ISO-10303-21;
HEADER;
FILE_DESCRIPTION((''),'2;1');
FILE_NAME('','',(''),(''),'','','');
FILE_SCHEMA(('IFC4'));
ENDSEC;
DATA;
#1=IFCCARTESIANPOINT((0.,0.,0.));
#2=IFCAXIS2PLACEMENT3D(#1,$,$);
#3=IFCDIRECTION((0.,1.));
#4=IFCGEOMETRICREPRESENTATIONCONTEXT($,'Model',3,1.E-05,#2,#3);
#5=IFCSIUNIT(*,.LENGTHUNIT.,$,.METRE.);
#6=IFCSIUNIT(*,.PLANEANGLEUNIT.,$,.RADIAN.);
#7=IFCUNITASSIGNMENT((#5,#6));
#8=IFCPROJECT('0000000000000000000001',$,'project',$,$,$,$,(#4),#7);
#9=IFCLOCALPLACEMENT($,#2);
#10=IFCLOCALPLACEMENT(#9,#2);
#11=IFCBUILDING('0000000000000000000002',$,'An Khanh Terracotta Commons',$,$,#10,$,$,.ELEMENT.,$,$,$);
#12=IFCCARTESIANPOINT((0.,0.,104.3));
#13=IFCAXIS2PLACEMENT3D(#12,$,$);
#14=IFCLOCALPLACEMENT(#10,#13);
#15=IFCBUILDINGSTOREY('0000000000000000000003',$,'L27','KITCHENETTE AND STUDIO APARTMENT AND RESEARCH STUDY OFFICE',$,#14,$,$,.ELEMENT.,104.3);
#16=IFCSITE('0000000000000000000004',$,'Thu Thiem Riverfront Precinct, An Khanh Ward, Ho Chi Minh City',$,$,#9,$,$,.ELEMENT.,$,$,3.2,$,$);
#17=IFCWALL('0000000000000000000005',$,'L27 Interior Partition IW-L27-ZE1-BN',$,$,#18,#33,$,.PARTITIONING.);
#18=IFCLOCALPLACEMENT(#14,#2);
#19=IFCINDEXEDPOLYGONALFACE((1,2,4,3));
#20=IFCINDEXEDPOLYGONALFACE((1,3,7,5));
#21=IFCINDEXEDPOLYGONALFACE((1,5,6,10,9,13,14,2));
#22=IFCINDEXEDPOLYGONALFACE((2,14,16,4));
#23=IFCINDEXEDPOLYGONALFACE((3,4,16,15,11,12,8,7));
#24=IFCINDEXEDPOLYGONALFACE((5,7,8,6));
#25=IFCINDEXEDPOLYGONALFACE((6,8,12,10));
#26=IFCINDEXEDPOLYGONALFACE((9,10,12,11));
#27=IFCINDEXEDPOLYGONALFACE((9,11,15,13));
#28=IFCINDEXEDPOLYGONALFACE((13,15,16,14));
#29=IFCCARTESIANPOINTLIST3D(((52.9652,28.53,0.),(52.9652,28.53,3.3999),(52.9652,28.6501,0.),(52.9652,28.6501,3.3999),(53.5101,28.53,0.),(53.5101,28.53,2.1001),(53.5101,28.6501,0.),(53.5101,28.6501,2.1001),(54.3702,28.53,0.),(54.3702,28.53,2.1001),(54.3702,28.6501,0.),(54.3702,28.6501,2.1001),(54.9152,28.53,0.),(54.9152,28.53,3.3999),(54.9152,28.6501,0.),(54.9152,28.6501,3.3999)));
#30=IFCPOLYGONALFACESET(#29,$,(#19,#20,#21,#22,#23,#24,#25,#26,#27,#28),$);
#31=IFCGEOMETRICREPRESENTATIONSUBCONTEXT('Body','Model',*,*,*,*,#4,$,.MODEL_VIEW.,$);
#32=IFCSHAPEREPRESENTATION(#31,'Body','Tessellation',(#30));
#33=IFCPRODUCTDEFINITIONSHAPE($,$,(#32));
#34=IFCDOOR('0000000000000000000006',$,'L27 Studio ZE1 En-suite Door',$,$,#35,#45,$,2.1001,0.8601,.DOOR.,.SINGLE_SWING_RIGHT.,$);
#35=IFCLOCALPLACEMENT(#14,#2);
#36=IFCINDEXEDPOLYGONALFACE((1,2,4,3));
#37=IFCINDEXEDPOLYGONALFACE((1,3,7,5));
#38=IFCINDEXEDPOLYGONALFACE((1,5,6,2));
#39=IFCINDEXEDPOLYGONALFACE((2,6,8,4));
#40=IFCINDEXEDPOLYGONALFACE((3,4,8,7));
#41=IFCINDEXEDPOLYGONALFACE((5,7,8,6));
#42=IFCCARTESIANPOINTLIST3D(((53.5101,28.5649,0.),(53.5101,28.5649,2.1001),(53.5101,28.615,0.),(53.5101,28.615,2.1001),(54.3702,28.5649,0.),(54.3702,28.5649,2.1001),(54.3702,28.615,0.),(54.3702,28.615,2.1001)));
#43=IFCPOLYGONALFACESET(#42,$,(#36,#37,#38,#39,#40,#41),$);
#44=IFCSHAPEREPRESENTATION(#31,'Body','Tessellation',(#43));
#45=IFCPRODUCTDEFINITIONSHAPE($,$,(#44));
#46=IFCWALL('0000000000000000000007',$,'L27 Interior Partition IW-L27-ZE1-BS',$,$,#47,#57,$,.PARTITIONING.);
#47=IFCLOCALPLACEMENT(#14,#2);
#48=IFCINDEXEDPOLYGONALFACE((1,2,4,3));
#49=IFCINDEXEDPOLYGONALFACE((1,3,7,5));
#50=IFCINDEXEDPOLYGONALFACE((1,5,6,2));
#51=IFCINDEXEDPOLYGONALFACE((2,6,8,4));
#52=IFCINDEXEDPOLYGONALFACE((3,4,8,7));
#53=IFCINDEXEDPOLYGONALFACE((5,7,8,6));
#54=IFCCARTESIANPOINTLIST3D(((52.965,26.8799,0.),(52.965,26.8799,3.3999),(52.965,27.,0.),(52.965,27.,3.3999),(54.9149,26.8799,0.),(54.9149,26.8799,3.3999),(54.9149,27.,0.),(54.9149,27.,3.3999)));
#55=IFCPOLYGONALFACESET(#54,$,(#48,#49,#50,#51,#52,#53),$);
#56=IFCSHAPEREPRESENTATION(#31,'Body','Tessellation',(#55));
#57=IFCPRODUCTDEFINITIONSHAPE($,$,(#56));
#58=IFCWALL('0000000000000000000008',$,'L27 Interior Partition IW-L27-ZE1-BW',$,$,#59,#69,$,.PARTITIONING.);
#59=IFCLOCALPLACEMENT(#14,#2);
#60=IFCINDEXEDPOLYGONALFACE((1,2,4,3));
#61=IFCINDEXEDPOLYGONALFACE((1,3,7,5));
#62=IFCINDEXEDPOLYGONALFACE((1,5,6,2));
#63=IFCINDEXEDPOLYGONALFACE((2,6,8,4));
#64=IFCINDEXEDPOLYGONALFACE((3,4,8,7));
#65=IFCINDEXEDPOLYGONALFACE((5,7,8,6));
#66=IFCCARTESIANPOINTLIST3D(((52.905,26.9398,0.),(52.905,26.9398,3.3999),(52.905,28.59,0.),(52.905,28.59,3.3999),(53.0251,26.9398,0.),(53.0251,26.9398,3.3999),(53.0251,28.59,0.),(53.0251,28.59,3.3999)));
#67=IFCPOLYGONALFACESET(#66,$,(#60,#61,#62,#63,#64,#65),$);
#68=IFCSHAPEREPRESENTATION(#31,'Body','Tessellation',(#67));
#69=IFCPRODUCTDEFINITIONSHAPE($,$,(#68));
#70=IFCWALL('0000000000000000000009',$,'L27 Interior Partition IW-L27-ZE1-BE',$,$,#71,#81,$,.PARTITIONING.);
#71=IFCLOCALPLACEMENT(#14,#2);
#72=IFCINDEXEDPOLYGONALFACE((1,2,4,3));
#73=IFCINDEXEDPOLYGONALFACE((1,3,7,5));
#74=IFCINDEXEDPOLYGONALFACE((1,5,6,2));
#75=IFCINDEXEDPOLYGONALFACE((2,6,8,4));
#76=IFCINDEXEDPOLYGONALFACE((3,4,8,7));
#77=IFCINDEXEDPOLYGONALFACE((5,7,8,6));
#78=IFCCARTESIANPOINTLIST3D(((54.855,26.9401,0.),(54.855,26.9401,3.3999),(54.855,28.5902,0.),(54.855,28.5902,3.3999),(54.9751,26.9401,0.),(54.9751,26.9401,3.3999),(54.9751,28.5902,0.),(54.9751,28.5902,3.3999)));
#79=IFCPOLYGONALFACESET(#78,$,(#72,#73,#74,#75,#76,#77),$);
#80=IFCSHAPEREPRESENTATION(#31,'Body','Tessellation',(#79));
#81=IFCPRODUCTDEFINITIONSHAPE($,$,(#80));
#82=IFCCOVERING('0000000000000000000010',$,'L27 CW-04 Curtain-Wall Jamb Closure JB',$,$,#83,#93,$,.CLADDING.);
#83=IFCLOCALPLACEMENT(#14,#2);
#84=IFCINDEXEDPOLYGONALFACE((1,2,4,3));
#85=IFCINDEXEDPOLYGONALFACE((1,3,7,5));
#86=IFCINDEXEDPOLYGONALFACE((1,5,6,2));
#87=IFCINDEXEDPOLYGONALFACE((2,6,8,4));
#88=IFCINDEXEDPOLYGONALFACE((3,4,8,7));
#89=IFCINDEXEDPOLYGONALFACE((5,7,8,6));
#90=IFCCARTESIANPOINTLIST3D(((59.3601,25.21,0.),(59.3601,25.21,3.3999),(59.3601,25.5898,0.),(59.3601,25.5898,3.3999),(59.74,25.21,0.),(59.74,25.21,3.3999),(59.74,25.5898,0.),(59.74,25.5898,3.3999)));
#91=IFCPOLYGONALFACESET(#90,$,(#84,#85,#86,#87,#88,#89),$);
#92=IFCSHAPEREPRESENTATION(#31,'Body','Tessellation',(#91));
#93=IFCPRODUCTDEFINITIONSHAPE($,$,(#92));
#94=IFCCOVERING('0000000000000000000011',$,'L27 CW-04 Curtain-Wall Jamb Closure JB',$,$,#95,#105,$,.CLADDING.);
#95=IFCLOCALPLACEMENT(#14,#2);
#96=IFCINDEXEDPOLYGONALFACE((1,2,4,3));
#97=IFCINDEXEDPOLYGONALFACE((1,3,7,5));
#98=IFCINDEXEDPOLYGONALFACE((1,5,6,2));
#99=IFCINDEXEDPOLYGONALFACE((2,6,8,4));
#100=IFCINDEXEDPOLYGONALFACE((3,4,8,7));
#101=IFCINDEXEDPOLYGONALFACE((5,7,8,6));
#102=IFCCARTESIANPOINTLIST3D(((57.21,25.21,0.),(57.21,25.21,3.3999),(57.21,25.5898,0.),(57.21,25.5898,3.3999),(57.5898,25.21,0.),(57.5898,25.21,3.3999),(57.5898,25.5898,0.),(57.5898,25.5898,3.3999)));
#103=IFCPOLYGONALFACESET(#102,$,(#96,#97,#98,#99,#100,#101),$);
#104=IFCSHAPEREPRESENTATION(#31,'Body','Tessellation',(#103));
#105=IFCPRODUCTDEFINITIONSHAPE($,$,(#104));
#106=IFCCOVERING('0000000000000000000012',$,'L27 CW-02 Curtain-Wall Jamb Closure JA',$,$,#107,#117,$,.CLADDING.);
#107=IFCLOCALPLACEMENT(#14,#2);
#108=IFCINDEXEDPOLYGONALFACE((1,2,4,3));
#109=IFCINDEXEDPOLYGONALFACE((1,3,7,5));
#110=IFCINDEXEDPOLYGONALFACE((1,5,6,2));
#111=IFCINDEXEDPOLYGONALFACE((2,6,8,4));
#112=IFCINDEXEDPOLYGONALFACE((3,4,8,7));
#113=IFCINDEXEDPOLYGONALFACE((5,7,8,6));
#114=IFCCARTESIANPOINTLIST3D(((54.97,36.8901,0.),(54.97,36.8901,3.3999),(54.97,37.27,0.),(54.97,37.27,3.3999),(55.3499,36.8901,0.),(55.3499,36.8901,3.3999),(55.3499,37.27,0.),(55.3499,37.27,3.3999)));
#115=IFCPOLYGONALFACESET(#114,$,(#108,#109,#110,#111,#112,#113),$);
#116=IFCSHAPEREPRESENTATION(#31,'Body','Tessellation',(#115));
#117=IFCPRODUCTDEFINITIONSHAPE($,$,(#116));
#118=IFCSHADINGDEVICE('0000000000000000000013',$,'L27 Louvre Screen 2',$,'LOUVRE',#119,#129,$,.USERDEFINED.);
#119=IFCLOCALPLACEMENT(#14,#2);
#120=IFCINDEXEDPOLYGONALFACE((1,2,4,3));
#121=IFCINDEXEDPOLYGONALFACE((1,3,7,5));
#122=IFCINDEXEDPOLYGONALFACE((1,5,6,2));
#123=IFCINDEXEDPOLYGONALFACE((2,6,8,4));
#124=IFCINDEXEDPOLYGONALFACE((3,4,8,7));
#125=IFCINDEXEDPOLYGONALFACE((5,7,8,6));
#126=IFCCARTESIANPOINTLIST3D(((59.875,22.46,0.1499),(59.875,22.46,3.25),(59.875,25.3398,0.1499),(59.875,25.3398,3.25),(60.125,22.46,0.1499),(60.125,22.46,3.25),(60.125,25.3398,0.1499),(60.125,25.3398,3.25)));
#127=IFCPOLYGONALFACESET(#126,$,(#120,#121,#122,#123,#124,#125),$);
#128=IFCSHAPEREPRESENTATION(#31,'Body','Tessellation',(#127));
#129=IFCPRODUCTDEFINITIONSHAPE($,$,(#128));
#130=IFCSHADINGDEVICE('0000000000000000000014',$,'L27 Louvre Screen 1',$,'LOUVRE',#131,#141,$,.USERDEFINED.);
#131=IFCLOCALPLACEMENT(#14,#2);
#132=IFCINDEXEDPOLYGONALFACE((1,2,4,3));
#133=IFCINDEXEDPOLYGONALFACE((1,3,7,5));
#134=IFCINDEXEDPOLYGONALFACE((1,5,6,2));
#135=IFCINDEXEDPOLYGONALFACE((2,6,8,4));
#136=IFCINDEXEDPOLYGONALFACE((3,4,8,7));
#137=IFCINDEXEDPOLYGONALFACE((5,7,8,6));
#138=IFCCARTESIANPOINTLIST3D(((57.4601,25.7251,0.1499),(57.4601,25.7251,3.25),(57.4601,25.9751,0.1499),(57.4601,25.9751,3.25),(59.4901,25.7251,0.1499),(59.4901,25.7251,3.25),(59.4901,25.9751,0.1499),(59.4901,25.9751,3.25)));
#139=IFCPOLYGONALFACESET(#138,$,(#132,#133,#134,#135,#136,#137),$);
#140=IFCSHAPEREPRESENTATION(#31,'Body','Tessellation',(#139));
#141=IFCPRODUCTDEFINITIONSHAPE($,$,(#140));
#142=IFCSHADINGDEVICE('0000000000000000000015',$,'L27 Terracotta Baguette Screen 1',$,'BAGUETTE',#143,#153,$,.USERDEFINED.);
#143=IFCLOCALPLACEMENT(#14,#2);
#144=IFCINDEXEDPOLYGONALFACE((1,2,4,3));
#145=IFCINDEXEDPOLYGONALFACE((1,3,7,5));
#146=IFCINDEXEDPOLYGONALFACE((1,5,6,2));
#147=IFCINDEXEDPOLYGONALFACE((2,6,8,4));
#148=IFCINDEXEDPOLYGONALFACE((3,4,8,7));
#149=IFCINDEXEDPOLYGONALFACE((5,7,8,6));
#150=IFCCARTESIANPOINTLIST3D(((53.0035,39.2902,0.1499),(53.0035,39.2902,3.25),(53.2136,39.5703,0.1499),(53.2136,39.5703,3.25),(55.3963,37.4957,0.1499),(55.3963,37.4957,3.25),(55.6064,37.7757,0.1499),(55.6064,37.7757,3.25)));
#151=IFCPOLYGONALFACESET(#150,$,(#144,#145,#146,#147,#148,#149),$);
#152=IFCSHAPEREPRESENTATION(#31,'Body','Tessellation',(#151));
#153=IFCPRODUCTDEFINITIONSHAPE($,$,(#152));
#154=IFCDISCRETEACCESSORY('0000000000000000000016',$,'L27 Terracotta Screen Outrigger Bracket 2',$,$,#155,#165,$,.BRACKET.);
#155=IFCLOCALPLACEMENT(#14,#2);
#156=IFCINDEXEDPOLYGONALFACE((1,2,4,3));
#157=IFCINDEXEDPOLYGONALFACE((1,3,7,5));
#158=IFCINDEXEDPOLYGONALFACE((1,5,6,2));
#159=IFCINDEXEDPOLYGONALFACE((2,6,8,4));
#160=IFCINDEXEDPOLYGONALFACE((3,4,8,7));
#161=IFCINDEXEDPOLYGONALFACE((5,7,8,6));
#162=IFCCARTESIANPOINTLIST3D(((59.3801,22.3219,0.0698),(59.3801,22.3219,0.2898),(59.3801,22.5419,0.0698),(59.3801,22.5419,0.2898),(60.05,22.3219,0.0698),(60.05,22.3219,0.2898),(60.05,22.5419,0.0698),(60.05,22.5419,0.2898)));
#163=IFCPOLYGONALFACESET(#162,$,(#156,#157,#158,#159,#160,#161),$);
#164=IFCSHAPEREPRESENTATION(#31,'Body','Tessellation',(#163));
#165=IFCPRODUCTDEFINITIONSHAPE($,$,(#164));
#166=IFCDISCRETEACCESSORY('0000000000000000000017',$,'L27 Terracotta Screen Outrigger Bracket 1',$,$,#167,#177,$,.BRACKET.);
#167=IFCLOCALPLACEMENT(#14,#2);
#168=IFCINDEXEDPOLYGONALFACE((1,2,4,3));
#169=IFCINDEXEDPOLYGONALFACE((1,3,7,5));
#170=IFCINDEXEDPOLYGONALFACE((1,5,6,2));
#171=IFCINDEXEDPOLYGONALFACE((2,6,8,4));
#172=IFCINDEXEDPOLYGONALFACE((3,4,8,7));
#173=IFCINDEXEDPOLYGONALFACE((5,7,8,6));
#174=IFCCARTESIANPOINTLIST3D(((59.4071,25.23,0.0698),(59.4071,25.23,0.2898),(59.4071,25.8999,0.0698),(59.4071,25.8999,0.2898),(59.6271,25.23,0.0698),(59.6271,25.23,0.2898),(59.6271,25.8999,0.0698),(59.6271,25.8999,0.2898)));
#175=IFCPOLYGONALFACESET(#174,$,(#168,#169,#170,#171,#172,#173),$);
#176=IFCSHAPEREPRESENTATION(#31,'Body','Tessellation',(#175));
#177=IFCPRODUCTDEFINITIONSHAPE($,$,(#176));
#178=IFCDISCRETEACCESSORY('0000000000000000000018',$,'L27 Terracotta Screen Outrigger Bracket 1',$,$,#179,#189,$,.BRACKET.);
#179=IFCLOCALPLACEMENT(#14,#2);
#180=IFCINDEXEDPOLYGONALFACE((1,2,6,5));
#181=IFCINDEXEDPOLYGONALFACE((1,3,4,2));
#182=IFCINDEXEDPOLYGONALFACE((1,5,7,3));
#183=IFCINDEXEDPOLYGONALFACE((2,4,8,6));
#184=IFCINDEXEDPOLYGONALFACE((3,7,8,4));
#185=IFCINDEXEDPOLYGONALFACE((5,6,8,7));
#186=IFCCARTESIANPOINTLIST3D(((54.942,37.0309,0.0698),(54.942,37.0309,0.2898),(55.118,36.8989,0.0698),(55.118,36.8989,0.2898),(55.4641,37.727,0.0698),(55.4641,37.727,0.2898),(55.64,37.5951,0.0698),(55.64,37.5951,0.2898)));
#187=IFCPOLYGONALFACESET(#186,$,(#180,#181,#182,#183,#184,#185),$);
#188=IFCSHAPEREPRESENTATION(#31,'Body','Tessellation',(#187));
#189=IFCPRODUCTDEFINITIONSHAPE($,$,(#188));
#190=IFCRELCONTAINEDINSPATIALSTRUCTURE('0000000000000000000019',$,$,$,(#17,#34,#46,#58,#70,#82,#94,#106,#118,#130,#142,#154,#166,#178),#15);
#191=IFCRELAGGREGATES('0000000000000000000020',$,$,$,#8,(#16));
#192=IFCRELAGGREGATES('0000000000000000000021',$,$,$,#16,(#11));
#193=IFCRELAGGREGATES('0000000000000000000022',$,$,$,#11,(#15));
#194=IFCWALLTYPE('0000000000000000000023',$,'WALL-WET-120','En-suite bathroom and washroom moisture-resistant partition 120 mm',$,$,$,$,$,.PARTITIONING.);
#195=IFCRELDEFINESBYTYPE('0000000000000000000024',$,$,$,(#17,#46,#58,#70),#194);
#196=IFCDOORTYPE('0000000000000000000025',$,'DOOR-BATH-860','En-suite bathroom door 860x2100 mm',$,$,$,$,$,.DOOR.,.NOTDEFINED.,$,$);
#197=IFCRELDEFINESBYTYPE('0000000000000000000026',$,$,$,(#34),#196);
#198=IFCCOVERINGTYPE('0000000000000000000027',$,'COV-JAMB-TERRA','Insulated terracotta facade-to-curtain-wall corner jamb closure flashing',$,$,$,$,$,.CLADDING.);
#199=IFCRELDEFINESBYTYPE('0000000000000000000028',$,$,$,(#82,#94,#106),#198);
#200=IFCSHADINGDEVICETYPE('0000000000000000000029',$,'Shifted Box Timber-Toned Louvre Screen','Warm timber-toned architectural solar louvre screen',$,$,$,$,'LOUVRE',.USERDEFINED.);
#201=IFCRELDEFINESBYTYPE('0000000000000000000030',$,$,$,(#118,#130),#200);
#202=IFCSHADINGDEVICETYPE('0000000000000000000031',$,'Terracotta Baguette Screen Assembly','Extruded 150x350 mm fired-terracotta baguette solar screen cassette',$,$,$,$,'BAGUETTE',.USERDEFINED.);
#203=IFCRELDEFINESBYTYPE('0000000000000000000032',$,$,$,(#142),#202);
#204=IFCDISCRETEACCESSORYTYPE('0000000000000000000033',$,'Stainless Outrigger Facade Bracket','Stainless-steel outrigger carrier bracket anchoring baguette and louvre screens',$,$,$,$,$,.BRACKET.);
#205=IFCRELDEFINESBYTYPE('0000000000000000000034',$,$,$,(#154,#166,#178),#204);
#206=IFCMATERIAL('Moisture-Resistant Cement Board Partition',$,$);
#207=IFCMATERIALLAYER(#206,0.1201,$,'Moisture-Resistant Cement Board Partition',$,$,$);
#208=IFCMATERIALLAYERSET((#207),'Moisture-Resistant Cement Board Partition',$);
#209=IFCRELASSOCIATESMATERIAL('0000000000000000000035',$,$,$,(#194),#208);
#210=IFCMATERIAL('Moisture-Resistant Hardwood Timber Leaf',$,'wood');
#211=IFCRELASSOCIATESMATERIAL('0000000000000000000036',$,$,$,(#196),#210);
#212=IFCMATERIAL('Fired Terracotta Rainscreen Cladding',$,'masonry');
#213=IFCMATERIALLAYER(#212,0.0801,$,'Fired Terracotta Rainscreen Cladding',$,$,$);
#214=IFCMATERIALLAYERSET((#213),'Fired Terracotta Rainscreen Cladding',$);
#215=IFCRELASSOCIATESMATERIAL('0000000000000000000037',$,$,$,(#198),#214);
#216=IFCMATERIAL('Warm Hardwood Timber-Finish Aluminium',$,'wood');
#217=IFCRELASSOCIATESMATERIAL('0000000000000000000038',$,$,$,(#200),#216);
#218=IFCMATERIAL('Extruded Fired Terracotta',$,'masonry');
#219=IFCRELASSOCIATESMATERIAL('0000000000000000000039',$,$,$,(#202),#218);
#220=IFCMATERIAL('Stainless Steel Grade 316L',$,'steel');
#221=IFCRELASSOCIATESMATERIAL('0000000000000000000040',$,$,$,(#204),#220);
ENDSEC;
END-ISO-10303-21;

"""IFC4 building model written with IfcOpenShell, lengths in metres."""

from ifc_helpers import new_model, si_unit, direction, frame, frame_2d, origin, origin_2d, place, context, subcontext, project, spatial, rectangle, extrude, material, layer, layer_set, type_object, element, fill, save


model = new_model("IFC4")

# Units and contexts
model_context = context("Model", 3, precision=1e-05, world=origin(), true_north=direction((0.0, 1.0)))
body_context = subcontext(model_context, "Body", "Model", "MODEL_VIEW")
ifc_project = project(units=[si_unit("LENGTHUNIT", "METRE"), si_unit("PLANEANGLEUNIT", "RADIAN")], contexts=[model_context])

# Site, building, storey
site_placement = place(None, origin())
site = spatial("IfcSite", under=ifc_project, at=site_placement, Name="Thu Thiem Riverfront Precinct, An Khanh Ward, Ho Chi Minh City", CompositionType="ELEMENT", RefElevation=3.2)
building_placement = place(site_placement, origin())
building = spatial("IfcBuilding", under=site, at=building_placement, Name="An Khanh Terracotta Commons", CompositionType="ELEMENT")
storey_placement = place(building_placement, frame((0.0, 0.0, 104.3)))
storey = spatial("IfcBuildingStorey", under=building, at=storey_placement, Name="L27", Description="KITCHENETTE AND STUDIO APARTMENT AND RESEARCH STUDY OFFICE", CompositionType="ELEMENT", Elevation=104.3)

# Wall, opening, door
ifc_material_1 = material(Name="Moisture-Resistant Cement Board Partition")
ifc_layer_1 = layer(ifc_material_1, 0.1201, Name="Moisture-Resistant Cement Board Partition")
ifc_layer_set_1 = layer_set([ifc_layer_1], Name="Moisture-Resistant Cement Board Partition")
wall_type_1 = type_object("IfcWallType", Name="WALL-WET-120", Description="En-suite bathroom and washroom moisture-resistant partition 120 mm", PredefinedType="PARTITIONING", material=ifc_layer_set_1)
wall_1_placement = place(storey_placement, frame((52.9651, 28.5901, 0.0), z_axis=(0.0, 0.0, 1.0), x_axis=(1.0, 0.0, 0.0)))
wall_1 = element("IfcWall", 1, at=wall_1_placement, inside=storey, type_object=wall_type_1, Name="L27 Interior Partition IW-L27-ZE1-BN", PredefinedType="PARTITIONING", context=body_context, shape_type="SweptSolid", body=[
    extrude(rectangle(XDim=1.95, YDim=0.1201, at=frame_2d((0.9751, 0.0))), origin(), (0.0, 0.0, 1.0), 3.3999),
])
opening_1_placement = place(wall_1_placement, frame((0.5449, 0.0, 0.0)))
opening_1 = element("IfcOpeningElement", 2, at=opening_1_placement, cuts=wall_1, PredefinedType="OPENING", context=body_context, shape_type="SweptSolid", body=[
    extrude(rectangle(XDim=0.8601, YDim=2.1001, at=frame_2d((0.4302, 1.05))), frame((0.0, 0.0701, 0.0), z_axis=(0.0, -1.0, 0.0), x_axis=(1.0, 0.0, 0.0)), (0.0, 0.0, 1.0), 0.1401),
])
ifc_material_2 = material(Name="Moisture-Resistant Hardwood Timber Leaf", Category="wood")
door_type = type_object("IfcDoorType", Name="DOOR-BATH-860", Description="En-suite bathroom door 860x2100 mm", OperationType="NOTDEFINED", PredefinedType="DOOR", material=ifc_material_2)
door_placement = place(opening_1_placement, origin())
door = element("IfcDoor", 3, at=door_placement, inside=storey, type_object=door_type, Name="L27 Studio ZE1 En-suite Door", OperationType="SINGLE_SWING_RIGHT", OverallHeight=2.1001, OverallWidth=0.8601, PredefinedType="DOOR", context=body_context, shape_type="SweptSolid", body=[
    extrude(rectangle(XDim=0.8601, YDim=2.1001, at=frame_2d((0.4302, 1.05))), frame((0.0, 0.0249, 0.0), z_axis=(0.0, -1.0, 0.0), x_axis=(1.0, 0.0, 0.0)), (0.0, 0.0, 1.0), 0.05),
])
fill(opening_1, door)

# Walls
wall_2_placement = place(storey_placement, frame((54.915, 26.9399, 0.0), z_axis=(0.0, 0.0, 1.0), x_axis=(-1.0, 0.0, 0.0)))
element("IfcWall", 4, at=wall_2_placement, inside=storey, type_object=wall_type_1, Name="L27 Interior Partition IW-L27-ZE1-BS", PredefinedType="PARTITIONING", context=body_context, shape_type="SweptSolid", body=[
    extrude(rectangle(XDim=1.95, YDim=0.1201, at=frame_2d((0.9751, 0.0))), origin(), (0.0, 0.0, 1.0), 3.3999),
])
for number, where, z_axis, x_axis, name in (
    (5, (52.9651, 28.5901, 0.0), (0.0, 0.0, 1.0), (0.0, -1.0, 0.0), "L27 Interior Partition IW-L27-ZE1-BW"),
    (6, (54.915, 26.9399, 0.0), (0.0, 0.0, 1.0), (0.0, 1.0, 0.0), "L27 Interior Partition IW-L27-ZE1-BE"),
):
    element("IfcWall", number, at=place(storey_placement, frame(where, z_axis=z_axis, x_axis=x_axis)), inside=storey, type_object=wall_type_1, Name=name, PredefinedType="PARTITIONING", context=body_context, shape_type="SweptSolid", body=[
        extrude(rectangle(XDim=1.6501, YDim=0.1201, at=frame_2d((0.8252, 0.0))), origin(), (0.0, 0.0, 1.0), 3.3999),
    ])

# Coverings
ifc_material_3 = material(Name="Fired Terracotta Rainscreen Cladding", Category="masonry")
ifc_layer_2 = layer(ifc_material_3, 0.0801, Name="Fired Terracotta Rainscreen Cladding")
ifc_layer_set_2 = layer_set([ifc_layer_2], Name="Fired Terracotta Rainscreen Cladding")
covering_type = type_object("IfcCoveringType", Name="COV-JAMB-TERRA", Description="Insulated terracotta facade-to-curtain-wall corner jamb closure flashing", PredefinedType="CLADDING", material=ifc_layer_set_2)
for number, where, z_axis, x_axis, name in (
    (7, (59.55, 25.3999, 0.0), (0.0, 0.0, 1.0), (1.0, 0.0, 0.0), "L27 CW-04 Curtain-Wall Jamb Closure JB"),
    (8, (57.3999, 25.3999, 0.0), (0.0, 0.0, 1.0), (1.0, 0.0, 0.0), "L27 CW-04 Curtain-Wall Jamb Closure JB"),
    (9, (55.1599, 37.0801, 0.0), (0.0, 0.0, 1.0), (1.0, 0.0, 0.0), "L27 CW-02 Curtain-Wall Jamb Closure JA"),
):
    element("IfcCovering", number, at=place(storey_placement, frame(where, z_axis=z_axis, x_axis=x_axis)), inside=storey, type_object=covering_type, Name=name, PredefinedType="CLADDING", context=body_context, shape_type="SweptSolid", body=[
        extrude(rectangle(XDim=0.3799, YDim=0.3799, at=origin_2d()), origin(), (0.0, 0.0, 1.0), 3.3999),
    ])

# Shading devices
ifc_material_4 = material(Name="Warm Hardwood Timber-Finish Aluminium", Category="wood")
shading_device_type_1 = type_object("IfcShadingDeviceType", Name="Shifted Box Timber-Toned Louvre Screen", Description="Warm timber-toned architectural solar louvre screen", ElementType="LOUVRE", PredefinedType="USERDEFINED", material=ifc_material_4)
shading_device_1_placement = place(storey_placement, frame((60.0, 23.8999, 0.1499), z_axis=(0.0, 0.0, 1.0), x_axis=(0.0, 1.0, 0.0)))
element("IfcShadingDevice", 10, at=shading_device_1_placement, inside=storey, type_object=shading_device_type_1, Name="L27 Louvre Screen 2", ObjectType="LOUVRE", PredefinedType="USERDEFINED", context=body_context, shape_type="SweptSolid", body=[
    extrude(rectangle(XDim=2.8799, YDim=0.25, at=origin_2d()), origin(), (0.0, 0.0, 1.0), 3.1001),
])
shading_device_2_placement = place(storey_placement, frame((58.4751, 25.8501, 0.1499), z_axis=(0.0, 0.0, 1.0), x_axis=(-1.0, 0.0, 0.0)))
element("IfcShadingDevice", 11, at=shading_device_2_placement, inside=storey, type_object=shading_device_type_1, Name="L27 Louvre Screen 1", ObjectType="LOUVRE", PredefinedType="USERDEFINED", context=body_context, shape_type="SweptSolid", body=[
    extrude(rectangle(XDim=2.03, YDim=0.25, at=origin_2d()), origin(), (0.0, 0.0, 1.0), 3.1001),
])
ifc_material_5 = material(Name="Extruded Fired Terracotta", Category="masonry")
shading_device_type_2 = type_object("IfcShadingDeviceType", Name="Terracotta Baguette Screen Assembly", Description="Extruded 150x350 mm fired-terracotta baguette solar screen cassette", ElementType="BAGUETTE", PredefinedType="USERDEFINED", material=ifc_material_5)
shading_device_3_placement = place(storey_placement, frame((54.3049, 38.533, 0.1499), z_axis=(0.0, 0.0, 1.0), x_axis=(-0.800013, 0.599983, 0.0)))
element("IfcShadingDevice", 12, at=shading_device_3_placement, inside=storey, type_object=shading_device_type_2, Name="L27 Terracotta Baguette Screen 1", ObjectType="BAGUETTE", PredefinedType="USERDEFINED", context=body_context, shape_type="SweptSolid", body=[
    extrude(rectangle(XDim=2.991, YDim=0.3501, at=origin_2d()), origin(), (0.0, 0.0, 1.0), 3.1001),
])

# Discrete accessories
ifc_material_6 = material(Name="Stainless Steel Grade 316L", Category="steel")
discrete_accessory_type = type_object("IfcDiscreteAccessoryType", Name="Stainless Outrigger Facade Bracket", Description="Stainless-steel outrigger carrier bracket anchoring baguette and louvre screens", PredefinedType="BRACKET", material=ifc_material_6)
for number, where, z_axis, x_axis, name in (
    (13, (59.7151, 22.4319, 0.0698), (0.0, 0.0, 1.0), (0.0, 1.0, 0.0), "L27 Terracotta Screen Outrigger Bracket 2"),
    (14, (59.5171, 25.5649, 0.0698), (0.0, 0.0, 1.0), (-1.0, 0.0, 0.0), "L27 Terracotta Screen Outrigger Bracket 1"),
):
    element("IfcDiscreteAccessory", number, at=place(storey_placement, frame(where, z_axis=z_axis, x_axis=x_axis)), inside=storey, type_object=discrete_accessory_type, Name=name, PredefinedType="BRACKET", context=body_context, shape_type="SweptSolid", body=[
        extrude(rectangle(XDim=0.22, YDim=0.6699, at=origin_2d()), origin(), (0.0, 0.0, 1.0), 0.22),
    ])
discrete_accessory_placement = place(storey_placement, frame((55.291, 37.313, 0.0698), z_axis=(0.0, 0.0, 1.0), x_axis=(-0.800013, 0.599983, 0.0)))
element("IfcDiscreteAccessory", 15, at=discrete_accessory_placement, inside=storey, type_object=discrete_accessory_type, Name="L27 Terracotta Screen Outrigger Bracket 1", PredefinedType="BRACKET", context=body_context, shape_type="SweptSolid", body=[
    extrude(rectangle(XDim=0.22, YDim=0.8701, at=origin_2d()), origin(), (0.0, 0.0, 1.0), 0.22),
])

save(model, "model.ifc")
